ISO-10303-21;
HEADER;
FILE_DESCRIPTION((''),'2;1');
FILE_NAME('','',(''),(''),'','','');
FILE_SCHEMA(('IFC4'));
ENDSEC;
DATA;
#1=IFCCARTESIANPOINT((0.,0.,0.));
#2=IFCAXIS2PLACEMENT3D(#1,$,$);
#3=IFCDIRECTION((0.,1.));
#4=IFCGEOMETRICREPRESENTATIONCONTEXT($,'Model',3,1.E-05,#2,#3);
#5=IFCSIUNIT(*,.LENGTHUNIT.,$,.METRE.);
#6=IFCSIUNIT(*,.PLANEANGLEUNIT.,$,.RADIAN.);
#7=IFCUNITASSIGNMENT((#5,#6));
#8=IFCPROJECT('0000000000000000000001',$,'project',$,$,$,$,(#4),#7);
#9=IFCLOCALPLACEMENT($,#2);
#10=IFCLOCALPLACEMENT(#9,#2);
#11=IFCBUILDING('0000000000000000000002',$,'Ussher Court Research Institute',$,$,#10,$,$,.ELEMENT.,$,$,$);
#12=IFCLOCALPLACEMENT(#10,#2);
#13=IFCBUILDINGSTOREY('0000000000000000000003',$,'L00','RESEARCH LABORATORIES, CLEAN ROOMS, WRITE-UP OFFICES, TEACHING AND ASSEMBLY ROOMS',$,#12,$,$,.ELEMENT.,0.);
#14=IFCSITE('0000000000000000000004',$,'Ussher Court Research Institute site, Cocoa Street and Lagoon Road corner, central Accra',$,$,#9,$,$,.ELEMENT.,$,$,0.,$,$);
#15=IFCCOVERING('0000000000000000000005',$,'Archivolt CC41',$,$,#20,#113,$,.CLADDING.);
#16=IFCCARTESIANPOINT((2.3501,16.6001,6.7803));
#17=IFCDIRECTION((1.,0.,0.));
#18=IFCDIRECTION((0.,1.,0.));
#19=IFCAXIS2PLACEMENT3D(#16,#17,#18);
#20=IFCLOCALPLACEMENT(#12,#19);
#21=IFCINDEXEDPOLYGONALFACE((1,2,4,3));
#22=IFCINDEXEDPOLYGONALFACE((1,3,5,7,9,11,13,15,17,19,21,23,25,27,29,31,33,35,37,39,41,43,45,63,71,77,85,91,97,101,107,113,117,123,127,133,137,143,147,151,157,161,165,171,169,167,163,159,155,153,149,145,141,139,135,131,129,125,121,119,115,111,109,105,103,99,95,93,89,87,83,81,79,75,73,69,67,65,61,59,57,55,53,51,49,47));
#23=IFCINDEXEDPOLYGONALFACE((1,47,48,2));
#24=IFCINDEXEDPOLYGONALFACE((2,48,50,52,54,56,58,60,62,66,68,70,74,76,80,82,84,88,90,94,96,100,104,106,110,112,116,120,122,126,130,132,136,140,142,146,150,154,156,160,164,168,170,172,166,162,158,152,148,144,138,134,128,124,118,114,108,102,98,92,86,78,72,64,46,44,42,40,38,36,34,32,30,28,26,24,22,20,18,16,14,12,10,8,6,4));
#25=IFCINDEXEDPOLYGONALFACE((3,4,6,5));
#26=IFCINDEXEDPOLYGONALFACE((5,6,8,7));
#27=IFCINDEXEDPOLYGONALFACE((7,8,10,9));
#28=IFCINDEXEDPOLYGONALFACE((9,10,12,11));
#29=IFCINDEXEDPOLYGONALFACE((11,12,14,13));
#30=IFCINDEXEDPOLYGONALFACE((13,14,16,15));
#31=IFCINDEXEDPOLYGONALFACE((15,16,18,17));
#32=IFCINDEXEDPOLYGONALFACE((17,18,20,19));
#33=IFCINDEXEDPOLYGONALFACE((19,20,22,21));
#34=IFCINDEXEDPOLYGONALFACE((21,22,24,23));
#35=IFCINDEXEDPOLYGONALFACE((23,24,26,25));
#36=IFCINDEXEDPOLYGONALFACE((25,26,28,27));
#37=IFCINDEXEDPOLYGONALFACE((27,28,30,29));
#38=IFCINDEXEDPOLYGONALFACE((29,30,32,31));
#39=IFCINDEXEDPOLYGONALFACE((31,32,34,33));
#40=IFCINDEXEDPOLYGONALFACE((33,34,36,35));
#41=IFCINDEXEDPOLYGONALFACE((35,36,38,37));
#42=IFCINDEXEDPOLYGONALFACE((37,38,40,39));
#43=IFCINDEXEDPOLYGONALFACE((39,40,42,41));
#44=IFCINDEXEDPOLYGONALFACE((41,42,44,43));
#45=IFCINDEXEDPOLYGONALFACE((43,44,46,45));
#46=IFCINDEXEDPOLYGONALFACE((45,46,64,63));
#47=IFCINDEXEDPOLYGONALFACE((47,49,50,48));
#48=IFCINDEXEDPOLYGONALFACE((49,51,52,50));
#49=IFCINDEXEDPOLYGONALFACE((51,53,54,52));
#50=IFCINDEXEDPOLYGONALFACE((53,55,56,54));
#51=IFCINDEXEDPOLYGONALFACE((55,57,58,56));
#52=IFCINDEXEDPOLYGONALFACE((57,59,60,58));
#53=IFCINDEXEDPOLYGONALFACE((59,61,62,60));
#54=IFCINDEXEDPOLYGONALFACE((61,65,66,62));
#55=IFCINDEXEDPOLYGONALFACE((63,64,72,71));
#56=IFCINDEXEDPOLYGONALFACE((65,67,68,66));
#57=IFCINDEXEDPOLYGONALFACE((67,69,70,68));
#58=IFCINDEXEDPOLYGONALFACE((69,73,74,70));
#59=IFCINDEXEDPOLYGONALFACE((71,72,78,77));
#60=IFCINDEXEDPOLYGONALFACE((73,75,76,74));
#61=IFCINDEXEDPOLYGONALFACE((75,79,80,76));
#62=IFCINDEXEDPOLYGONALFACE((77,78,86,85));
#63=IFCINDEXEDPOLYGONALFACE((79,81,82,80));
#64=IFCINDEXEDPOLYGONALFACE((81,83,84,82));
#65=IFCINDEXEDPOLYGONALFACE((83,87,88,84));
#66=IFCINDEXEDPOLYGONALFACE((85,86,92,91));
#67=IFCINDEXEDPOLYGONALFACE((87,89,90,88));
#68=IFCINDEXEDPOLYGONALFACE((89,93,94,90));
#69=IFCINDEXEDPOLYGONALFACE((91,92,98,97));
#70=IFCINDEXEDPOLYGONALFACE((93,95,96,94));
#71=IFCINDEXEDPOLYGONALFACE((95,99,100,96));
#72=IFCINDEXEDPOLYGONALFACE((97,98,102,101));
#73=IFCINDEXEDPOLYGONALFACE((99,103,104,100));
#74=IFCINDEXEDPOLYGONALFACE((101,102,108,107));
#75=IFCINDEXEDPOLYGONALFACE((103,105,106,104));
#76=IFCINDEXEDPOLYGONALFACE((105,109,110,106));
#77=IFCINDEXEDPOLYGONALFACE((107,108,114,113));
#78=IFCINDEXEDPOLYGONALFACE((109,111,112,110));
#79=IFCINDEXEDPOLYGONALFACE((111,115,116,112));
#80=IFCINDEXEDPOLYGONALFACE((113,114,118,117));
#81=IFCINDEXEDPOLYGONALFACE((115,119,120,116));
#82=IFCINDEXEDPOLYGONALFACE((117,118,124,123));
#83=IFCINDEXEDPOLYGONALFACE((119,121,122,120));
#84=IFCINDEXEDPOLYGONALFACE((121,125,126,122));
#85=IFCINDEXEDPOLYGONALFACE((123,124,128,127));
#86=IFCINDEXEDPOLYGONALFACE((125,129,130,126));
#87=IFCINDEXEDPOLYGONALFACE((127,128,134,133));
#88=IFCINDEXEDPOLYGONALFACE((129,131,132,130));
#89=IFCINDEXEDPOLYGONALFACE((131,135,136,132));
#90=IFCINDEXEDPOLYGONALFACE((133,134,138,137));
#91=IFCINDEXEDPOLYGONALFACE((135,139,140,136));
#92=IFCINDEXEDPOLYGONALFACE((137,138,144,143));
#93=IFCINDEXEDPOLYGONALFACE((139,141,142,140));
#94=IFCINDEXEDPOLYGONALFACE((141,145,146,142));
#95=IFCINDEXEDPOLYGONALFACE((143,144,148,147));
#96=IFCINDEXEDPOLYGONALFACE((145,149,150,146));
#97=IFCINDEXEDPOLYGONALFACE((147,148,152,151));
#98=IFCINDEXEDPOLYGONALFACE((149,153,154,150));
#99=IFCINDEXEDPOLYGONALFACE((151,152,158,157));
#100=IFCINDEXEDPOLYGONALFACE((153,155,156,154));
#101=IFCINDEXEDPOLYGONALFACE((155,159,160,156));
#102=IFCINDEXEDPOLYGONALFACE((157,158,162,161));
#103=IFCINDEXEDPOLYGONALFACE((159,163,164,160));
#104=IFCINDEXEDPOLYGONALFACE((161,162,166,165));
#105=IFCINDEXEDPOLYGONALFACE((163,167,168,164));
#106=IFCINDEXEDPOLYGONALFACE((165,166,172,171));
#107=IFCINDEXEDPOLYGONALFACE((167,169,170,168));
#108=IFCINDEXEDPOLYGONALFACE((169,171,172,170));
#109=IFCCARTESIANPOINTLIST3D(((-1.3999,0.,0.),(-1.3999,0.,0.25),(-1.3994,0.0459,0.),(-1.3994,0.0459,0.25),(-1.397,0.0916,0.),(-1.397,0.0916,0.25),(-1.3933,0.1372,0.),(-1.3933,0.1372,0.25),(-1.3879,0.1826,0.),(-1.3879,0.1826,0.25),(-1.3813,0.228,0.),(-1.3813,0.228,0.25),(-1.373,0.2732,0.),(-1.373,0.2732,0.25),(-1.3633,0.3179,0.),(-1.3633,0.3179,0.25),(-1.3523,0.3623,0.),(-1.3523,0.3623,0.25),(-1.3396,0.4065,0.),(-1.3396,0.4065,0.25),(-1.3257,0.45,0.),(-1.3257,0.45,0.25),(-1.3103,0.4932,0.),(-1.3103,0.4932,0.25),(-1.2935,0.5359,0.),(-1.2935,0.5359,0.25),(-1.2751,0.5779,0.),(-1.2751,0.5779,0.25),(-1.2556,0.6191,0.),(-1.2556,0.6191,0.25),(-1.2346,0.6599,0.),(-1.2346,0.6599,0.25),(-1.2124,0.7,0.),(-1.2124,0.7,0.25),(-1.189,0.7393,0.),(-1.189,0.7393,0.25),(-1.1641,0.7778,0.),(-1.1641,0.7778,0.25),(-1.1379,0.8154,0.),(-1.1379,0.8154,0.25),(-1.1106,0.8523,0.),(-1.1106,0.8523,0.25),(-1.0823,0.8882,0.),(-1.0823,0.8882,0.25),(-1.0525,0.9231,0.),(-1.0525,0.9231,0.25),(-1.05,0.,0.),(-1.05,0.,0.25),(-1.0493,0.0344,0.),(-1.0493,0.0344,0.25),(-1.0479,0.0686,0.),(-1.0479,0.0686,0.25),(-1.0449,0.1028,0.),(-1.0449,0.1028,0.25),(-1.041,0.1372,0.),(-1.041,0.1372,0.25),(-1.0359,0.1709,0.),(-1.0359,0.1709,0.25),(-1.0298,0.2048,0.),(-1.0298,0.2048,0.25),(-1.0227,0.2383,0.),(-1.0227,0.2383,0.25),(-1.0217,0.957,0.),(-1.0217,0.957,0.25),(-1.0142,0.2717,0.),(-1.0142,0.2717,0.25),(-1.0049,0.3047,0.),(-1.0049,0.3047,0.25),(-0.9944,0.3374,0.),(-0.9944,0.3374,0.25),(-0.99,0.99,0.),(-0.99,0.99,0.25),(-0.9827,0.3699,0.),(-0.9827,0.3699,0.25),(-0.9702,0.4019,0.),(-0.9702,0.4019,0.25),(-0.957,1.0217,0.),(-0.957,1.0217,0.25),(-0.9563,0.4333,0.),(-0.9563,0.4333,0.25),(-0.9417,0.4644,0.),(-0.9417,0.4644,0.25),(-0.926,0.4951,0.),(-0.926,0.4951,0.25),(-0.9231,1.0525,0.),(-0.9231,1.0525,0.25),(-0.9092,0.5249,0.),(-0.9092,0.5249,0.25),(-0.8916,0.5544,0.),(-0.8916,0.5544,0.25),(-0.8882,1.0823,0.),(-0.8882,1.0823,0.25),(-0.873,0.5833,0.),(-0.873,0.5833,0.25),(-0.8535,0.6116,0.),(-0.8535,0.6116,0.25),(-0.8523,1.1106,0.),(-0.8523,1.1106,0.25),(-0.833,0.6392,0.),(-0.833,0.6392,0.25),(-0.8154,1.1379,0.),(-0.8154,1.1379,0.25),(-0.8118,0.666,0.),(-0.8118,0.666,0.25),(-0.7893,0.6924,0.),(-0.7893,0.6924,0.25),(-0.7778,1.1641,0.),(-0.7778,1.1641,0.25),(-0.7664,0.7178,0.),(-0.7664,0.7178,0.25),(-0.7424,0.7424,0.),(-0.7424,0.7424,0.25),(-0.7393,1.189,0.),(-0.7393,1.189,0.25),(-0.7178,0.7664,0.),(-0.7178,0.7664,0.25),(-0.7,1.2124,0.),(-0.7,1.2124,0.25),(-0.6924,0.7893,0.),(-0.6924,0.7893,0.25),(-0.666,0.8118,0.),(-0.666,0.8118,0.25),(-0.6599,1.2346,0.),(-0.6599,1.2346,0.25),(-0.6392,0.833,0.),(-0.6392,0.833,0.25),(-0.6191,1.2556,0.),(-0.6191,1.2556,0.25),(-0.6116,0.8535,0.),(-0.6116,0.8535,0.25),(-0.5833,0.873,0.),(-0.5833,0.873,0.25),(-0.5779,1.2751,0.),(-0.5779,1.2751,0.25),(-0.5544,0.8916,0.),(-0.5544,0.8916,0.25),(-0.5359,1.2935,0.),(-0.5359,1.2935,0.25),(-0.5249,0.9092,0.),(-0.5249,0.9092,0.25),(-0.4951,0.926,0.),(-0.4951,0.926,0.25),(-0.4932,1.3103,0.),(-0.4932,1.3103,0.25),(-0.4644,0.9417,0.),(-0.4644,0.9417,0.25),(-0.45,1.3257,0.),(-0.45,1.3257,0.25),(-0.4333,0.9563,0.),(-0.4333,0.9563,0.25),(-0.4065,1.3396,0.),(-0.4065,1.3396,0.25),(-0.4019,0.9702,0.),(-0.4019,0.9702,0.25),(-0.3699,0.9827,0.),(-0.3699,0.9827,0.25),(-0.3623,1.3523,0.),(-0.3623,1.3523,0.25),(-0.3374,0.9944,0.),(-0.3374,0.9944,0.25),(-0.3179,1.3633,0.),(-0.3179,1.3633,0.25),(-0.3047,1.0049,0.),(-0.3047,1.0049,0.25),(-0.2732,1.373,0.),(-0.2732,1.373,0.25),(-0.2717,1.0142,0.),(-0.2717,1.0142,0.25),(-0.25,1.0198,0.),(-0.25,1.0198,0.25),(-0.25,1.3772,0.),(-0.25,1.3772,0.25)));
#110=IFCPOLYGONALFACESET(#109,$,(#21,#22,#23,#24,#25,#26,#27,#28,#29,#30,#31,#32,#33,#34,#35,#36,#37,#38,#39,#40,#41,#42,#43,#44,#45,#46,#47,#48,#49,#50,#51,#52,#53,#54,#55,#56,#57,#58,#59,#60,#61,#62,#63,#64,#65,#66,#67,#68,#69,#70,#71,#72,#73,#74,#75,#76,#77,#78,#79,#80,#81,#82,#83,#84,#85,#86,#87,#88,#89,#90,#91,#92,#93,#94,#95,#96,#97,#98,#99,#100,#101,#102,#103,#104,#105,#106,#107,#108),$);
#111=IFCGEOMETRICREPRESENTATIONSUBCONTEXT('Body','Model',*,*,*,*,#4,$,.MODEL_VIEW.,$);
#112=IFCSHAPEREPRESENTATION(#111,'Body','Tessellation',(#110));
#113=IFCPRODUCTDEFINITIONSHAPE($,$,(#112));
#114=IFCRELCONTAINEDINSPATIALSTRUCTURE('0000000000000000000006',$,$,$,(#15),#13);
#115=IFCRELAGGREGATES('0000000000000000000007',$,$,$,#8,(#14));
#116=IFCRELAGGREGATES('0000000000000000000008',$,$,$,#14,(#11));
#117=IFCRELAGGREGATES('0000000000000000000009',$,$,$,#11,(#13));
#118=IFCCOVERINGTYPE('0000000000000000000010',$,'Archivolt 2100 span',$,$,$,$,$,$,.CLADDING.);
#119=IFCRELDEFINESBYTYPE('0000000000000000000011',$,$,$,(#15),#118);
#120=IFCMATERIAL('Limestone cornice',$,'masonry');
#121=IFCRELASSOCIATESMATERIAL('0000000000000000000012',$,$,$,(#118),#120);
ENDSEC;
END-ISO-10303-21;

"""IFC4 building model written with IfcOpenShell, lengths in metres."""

from ifc_helpers import new_model, si_unit, direction, frame, origin, place, context, subcontext, project, spatial, polyline, outline, extrude, material, type_object, element, save


model = new_model("IFC4")

# Units and contexts
model_context = context("Model", 3, precision=1e-05, world=origin(), true_north=direction((0.0, 1.0)))
body_context = subcontext(model_context, "Body", "Model", "MODEL_VIEW")
ifc_project = project(units=[si_unit("LENGTHUNIT", "METRE"), si_unit("PLANEANGLEUNIT", "RADIAN")], contexts=[model_context])

# Site, building, storey
site_placement = place(None, origin())
site = spatial("IfcSite", under=ifc_project, at=site_placement, Name="Ussher Court Research Institute site, Cocoa Street and Lagoon Road corner, central Accra", CompositionType="ELEMENT", RefElevation=0.0)
building_placement = place(site_placement, origin())
building = spatial("IfcBuilding", under=site, at=building_placement, Name="Ussher Court Research Institute", CompositionType="ELEMENT")
storey_placement = place(building_placement, origin())
storey = spatial("IfcBuildingStorey", under=building, at=storey_placement, Name="L00", Description="RESEARCH LABORATORIES, CLEAN ROOMS, WRITE-UP OFFICES, TEACHING AND ASSEMBLY ROOMS", CompositionType="ELEMENT", Elevation=0.0)

# Covering
ifc_material_1 = material(Name="Limestone cornice", Category="masonry")
covering_type_1 = type_object("IfcCoveringType", Name="Archivolt 2100 span", PredefinedType="CLADDING", material=ifc_material_1)
covering_1_placement = place(storey_placement, frame((2.3501, 16.6001, 6.7803), z_axis=(1.0, 0.0, 0.0), x_axis=(0.0, 1.0, 0.0)))
element("IfcCovering", 1, at=covering_1_placement, inside=storey, type_object=covering_type_1, Name="Archivolt CC41", PredefinedType="CLADDING", context=body_context, shape_type="SweptSolid", body=[
    extrude(outline(polyline([(-0.2732, 1.373), (-0.3179, 1.3633), (-0.3623, 1.3523), (-0.4065, 1.3396), (-0.45, 1.3257), (-0.4932, 1.3103), (-0.5359, 1.2935), (-0.5779, 1.2751), (-0.6191, 1.2556), (-0.6599, 1.2346), (-0.7, 1.2124), (-0.7393, 1.189), (-0.7778, 1.1641), (-0.8154, 1.1379), (-0.8523, 1.1106), (-0.8882, 1.0823), (-0.9231, 1.0525), (-0.957, 1.0217), (-0.99, 0.99), (-1.0217, 0.957), (-1.0525, 0.9231), (-1.0823, 0.8882), (-1.1106, 0.8523), (-1.1379, 0.8154), (-1.1641, 0.7778), (-1.189, 0.7393), (-1.2124, 0.7), (-1.2346, 0.6599), (-1.2556, 0.6191), (-1.2751, 0.5779), (-1.2935, 0.5359), (-1.3103, 0.4932), (-1.3257, 0.45), (-1.3396, 0.4065), (-1.3523, 0.3623), (-1.3633, 0.3179), (-1.373, 0.2732), (-1.3813, 0.228), (-1.3879, 0.1826), (-1.3933, 0.1372), (-1.397, 0.0916), (-1.3994, 0.0459), (-1.3999, 0.0), (-1.05, 0.0), (-1.0493, 0.0344), (-1.0479, 0.0686), (-1.0449, 0.1028), (-1.041, 0.1372), (-1.0359, 0.1709), (-1.0298, 0.2048), (-1.0227, 0.2383), (-1.0142, 0.2717), (-1.0049, 0.3047), (-0.9944, 0.3374), (-0.9827, 0.3699), (-0.9702, 0.4019), (-0.9563, 0.4333), (-0.9417, 0.4644), (-0.926, 0.4951), (-0.9092, 0.5249), (-0.8916, 0.5544), (-0.873, 0.5833), (-0.8535, 0.6116), (-0.833, 0.6392), (-0.8118, 0.666), (-0.7893, 0.6924), (-0.7664, 0.7178), (-0.7424, 0.7424), (-0.7178, 0.7664), (-0.6924, 0.7893), (-0.666, 0.8118), (-0.6392, 0.833), (-0.6116, 0.8535), (-0.5833, 0.873), (-0.5544, 0.8916), (-0.5249, 0.9092), (-0.4951, 0.926), (-0.4644, 0.9417), (-0.4333, 0.9563), (-0.4019, 0.9702), (-0.3699, 0.9827), (-0.3374, 0.9944), (-0.3047, 1.0049), (-0.2717, 1.0142), (-0.25, 1.0198), (-0.25, 1.3772), (-0.2732, 1.373)])), origin(), (0.0, 0.0, 1.0), 0.25),
])

save(model, "model.ifc")
